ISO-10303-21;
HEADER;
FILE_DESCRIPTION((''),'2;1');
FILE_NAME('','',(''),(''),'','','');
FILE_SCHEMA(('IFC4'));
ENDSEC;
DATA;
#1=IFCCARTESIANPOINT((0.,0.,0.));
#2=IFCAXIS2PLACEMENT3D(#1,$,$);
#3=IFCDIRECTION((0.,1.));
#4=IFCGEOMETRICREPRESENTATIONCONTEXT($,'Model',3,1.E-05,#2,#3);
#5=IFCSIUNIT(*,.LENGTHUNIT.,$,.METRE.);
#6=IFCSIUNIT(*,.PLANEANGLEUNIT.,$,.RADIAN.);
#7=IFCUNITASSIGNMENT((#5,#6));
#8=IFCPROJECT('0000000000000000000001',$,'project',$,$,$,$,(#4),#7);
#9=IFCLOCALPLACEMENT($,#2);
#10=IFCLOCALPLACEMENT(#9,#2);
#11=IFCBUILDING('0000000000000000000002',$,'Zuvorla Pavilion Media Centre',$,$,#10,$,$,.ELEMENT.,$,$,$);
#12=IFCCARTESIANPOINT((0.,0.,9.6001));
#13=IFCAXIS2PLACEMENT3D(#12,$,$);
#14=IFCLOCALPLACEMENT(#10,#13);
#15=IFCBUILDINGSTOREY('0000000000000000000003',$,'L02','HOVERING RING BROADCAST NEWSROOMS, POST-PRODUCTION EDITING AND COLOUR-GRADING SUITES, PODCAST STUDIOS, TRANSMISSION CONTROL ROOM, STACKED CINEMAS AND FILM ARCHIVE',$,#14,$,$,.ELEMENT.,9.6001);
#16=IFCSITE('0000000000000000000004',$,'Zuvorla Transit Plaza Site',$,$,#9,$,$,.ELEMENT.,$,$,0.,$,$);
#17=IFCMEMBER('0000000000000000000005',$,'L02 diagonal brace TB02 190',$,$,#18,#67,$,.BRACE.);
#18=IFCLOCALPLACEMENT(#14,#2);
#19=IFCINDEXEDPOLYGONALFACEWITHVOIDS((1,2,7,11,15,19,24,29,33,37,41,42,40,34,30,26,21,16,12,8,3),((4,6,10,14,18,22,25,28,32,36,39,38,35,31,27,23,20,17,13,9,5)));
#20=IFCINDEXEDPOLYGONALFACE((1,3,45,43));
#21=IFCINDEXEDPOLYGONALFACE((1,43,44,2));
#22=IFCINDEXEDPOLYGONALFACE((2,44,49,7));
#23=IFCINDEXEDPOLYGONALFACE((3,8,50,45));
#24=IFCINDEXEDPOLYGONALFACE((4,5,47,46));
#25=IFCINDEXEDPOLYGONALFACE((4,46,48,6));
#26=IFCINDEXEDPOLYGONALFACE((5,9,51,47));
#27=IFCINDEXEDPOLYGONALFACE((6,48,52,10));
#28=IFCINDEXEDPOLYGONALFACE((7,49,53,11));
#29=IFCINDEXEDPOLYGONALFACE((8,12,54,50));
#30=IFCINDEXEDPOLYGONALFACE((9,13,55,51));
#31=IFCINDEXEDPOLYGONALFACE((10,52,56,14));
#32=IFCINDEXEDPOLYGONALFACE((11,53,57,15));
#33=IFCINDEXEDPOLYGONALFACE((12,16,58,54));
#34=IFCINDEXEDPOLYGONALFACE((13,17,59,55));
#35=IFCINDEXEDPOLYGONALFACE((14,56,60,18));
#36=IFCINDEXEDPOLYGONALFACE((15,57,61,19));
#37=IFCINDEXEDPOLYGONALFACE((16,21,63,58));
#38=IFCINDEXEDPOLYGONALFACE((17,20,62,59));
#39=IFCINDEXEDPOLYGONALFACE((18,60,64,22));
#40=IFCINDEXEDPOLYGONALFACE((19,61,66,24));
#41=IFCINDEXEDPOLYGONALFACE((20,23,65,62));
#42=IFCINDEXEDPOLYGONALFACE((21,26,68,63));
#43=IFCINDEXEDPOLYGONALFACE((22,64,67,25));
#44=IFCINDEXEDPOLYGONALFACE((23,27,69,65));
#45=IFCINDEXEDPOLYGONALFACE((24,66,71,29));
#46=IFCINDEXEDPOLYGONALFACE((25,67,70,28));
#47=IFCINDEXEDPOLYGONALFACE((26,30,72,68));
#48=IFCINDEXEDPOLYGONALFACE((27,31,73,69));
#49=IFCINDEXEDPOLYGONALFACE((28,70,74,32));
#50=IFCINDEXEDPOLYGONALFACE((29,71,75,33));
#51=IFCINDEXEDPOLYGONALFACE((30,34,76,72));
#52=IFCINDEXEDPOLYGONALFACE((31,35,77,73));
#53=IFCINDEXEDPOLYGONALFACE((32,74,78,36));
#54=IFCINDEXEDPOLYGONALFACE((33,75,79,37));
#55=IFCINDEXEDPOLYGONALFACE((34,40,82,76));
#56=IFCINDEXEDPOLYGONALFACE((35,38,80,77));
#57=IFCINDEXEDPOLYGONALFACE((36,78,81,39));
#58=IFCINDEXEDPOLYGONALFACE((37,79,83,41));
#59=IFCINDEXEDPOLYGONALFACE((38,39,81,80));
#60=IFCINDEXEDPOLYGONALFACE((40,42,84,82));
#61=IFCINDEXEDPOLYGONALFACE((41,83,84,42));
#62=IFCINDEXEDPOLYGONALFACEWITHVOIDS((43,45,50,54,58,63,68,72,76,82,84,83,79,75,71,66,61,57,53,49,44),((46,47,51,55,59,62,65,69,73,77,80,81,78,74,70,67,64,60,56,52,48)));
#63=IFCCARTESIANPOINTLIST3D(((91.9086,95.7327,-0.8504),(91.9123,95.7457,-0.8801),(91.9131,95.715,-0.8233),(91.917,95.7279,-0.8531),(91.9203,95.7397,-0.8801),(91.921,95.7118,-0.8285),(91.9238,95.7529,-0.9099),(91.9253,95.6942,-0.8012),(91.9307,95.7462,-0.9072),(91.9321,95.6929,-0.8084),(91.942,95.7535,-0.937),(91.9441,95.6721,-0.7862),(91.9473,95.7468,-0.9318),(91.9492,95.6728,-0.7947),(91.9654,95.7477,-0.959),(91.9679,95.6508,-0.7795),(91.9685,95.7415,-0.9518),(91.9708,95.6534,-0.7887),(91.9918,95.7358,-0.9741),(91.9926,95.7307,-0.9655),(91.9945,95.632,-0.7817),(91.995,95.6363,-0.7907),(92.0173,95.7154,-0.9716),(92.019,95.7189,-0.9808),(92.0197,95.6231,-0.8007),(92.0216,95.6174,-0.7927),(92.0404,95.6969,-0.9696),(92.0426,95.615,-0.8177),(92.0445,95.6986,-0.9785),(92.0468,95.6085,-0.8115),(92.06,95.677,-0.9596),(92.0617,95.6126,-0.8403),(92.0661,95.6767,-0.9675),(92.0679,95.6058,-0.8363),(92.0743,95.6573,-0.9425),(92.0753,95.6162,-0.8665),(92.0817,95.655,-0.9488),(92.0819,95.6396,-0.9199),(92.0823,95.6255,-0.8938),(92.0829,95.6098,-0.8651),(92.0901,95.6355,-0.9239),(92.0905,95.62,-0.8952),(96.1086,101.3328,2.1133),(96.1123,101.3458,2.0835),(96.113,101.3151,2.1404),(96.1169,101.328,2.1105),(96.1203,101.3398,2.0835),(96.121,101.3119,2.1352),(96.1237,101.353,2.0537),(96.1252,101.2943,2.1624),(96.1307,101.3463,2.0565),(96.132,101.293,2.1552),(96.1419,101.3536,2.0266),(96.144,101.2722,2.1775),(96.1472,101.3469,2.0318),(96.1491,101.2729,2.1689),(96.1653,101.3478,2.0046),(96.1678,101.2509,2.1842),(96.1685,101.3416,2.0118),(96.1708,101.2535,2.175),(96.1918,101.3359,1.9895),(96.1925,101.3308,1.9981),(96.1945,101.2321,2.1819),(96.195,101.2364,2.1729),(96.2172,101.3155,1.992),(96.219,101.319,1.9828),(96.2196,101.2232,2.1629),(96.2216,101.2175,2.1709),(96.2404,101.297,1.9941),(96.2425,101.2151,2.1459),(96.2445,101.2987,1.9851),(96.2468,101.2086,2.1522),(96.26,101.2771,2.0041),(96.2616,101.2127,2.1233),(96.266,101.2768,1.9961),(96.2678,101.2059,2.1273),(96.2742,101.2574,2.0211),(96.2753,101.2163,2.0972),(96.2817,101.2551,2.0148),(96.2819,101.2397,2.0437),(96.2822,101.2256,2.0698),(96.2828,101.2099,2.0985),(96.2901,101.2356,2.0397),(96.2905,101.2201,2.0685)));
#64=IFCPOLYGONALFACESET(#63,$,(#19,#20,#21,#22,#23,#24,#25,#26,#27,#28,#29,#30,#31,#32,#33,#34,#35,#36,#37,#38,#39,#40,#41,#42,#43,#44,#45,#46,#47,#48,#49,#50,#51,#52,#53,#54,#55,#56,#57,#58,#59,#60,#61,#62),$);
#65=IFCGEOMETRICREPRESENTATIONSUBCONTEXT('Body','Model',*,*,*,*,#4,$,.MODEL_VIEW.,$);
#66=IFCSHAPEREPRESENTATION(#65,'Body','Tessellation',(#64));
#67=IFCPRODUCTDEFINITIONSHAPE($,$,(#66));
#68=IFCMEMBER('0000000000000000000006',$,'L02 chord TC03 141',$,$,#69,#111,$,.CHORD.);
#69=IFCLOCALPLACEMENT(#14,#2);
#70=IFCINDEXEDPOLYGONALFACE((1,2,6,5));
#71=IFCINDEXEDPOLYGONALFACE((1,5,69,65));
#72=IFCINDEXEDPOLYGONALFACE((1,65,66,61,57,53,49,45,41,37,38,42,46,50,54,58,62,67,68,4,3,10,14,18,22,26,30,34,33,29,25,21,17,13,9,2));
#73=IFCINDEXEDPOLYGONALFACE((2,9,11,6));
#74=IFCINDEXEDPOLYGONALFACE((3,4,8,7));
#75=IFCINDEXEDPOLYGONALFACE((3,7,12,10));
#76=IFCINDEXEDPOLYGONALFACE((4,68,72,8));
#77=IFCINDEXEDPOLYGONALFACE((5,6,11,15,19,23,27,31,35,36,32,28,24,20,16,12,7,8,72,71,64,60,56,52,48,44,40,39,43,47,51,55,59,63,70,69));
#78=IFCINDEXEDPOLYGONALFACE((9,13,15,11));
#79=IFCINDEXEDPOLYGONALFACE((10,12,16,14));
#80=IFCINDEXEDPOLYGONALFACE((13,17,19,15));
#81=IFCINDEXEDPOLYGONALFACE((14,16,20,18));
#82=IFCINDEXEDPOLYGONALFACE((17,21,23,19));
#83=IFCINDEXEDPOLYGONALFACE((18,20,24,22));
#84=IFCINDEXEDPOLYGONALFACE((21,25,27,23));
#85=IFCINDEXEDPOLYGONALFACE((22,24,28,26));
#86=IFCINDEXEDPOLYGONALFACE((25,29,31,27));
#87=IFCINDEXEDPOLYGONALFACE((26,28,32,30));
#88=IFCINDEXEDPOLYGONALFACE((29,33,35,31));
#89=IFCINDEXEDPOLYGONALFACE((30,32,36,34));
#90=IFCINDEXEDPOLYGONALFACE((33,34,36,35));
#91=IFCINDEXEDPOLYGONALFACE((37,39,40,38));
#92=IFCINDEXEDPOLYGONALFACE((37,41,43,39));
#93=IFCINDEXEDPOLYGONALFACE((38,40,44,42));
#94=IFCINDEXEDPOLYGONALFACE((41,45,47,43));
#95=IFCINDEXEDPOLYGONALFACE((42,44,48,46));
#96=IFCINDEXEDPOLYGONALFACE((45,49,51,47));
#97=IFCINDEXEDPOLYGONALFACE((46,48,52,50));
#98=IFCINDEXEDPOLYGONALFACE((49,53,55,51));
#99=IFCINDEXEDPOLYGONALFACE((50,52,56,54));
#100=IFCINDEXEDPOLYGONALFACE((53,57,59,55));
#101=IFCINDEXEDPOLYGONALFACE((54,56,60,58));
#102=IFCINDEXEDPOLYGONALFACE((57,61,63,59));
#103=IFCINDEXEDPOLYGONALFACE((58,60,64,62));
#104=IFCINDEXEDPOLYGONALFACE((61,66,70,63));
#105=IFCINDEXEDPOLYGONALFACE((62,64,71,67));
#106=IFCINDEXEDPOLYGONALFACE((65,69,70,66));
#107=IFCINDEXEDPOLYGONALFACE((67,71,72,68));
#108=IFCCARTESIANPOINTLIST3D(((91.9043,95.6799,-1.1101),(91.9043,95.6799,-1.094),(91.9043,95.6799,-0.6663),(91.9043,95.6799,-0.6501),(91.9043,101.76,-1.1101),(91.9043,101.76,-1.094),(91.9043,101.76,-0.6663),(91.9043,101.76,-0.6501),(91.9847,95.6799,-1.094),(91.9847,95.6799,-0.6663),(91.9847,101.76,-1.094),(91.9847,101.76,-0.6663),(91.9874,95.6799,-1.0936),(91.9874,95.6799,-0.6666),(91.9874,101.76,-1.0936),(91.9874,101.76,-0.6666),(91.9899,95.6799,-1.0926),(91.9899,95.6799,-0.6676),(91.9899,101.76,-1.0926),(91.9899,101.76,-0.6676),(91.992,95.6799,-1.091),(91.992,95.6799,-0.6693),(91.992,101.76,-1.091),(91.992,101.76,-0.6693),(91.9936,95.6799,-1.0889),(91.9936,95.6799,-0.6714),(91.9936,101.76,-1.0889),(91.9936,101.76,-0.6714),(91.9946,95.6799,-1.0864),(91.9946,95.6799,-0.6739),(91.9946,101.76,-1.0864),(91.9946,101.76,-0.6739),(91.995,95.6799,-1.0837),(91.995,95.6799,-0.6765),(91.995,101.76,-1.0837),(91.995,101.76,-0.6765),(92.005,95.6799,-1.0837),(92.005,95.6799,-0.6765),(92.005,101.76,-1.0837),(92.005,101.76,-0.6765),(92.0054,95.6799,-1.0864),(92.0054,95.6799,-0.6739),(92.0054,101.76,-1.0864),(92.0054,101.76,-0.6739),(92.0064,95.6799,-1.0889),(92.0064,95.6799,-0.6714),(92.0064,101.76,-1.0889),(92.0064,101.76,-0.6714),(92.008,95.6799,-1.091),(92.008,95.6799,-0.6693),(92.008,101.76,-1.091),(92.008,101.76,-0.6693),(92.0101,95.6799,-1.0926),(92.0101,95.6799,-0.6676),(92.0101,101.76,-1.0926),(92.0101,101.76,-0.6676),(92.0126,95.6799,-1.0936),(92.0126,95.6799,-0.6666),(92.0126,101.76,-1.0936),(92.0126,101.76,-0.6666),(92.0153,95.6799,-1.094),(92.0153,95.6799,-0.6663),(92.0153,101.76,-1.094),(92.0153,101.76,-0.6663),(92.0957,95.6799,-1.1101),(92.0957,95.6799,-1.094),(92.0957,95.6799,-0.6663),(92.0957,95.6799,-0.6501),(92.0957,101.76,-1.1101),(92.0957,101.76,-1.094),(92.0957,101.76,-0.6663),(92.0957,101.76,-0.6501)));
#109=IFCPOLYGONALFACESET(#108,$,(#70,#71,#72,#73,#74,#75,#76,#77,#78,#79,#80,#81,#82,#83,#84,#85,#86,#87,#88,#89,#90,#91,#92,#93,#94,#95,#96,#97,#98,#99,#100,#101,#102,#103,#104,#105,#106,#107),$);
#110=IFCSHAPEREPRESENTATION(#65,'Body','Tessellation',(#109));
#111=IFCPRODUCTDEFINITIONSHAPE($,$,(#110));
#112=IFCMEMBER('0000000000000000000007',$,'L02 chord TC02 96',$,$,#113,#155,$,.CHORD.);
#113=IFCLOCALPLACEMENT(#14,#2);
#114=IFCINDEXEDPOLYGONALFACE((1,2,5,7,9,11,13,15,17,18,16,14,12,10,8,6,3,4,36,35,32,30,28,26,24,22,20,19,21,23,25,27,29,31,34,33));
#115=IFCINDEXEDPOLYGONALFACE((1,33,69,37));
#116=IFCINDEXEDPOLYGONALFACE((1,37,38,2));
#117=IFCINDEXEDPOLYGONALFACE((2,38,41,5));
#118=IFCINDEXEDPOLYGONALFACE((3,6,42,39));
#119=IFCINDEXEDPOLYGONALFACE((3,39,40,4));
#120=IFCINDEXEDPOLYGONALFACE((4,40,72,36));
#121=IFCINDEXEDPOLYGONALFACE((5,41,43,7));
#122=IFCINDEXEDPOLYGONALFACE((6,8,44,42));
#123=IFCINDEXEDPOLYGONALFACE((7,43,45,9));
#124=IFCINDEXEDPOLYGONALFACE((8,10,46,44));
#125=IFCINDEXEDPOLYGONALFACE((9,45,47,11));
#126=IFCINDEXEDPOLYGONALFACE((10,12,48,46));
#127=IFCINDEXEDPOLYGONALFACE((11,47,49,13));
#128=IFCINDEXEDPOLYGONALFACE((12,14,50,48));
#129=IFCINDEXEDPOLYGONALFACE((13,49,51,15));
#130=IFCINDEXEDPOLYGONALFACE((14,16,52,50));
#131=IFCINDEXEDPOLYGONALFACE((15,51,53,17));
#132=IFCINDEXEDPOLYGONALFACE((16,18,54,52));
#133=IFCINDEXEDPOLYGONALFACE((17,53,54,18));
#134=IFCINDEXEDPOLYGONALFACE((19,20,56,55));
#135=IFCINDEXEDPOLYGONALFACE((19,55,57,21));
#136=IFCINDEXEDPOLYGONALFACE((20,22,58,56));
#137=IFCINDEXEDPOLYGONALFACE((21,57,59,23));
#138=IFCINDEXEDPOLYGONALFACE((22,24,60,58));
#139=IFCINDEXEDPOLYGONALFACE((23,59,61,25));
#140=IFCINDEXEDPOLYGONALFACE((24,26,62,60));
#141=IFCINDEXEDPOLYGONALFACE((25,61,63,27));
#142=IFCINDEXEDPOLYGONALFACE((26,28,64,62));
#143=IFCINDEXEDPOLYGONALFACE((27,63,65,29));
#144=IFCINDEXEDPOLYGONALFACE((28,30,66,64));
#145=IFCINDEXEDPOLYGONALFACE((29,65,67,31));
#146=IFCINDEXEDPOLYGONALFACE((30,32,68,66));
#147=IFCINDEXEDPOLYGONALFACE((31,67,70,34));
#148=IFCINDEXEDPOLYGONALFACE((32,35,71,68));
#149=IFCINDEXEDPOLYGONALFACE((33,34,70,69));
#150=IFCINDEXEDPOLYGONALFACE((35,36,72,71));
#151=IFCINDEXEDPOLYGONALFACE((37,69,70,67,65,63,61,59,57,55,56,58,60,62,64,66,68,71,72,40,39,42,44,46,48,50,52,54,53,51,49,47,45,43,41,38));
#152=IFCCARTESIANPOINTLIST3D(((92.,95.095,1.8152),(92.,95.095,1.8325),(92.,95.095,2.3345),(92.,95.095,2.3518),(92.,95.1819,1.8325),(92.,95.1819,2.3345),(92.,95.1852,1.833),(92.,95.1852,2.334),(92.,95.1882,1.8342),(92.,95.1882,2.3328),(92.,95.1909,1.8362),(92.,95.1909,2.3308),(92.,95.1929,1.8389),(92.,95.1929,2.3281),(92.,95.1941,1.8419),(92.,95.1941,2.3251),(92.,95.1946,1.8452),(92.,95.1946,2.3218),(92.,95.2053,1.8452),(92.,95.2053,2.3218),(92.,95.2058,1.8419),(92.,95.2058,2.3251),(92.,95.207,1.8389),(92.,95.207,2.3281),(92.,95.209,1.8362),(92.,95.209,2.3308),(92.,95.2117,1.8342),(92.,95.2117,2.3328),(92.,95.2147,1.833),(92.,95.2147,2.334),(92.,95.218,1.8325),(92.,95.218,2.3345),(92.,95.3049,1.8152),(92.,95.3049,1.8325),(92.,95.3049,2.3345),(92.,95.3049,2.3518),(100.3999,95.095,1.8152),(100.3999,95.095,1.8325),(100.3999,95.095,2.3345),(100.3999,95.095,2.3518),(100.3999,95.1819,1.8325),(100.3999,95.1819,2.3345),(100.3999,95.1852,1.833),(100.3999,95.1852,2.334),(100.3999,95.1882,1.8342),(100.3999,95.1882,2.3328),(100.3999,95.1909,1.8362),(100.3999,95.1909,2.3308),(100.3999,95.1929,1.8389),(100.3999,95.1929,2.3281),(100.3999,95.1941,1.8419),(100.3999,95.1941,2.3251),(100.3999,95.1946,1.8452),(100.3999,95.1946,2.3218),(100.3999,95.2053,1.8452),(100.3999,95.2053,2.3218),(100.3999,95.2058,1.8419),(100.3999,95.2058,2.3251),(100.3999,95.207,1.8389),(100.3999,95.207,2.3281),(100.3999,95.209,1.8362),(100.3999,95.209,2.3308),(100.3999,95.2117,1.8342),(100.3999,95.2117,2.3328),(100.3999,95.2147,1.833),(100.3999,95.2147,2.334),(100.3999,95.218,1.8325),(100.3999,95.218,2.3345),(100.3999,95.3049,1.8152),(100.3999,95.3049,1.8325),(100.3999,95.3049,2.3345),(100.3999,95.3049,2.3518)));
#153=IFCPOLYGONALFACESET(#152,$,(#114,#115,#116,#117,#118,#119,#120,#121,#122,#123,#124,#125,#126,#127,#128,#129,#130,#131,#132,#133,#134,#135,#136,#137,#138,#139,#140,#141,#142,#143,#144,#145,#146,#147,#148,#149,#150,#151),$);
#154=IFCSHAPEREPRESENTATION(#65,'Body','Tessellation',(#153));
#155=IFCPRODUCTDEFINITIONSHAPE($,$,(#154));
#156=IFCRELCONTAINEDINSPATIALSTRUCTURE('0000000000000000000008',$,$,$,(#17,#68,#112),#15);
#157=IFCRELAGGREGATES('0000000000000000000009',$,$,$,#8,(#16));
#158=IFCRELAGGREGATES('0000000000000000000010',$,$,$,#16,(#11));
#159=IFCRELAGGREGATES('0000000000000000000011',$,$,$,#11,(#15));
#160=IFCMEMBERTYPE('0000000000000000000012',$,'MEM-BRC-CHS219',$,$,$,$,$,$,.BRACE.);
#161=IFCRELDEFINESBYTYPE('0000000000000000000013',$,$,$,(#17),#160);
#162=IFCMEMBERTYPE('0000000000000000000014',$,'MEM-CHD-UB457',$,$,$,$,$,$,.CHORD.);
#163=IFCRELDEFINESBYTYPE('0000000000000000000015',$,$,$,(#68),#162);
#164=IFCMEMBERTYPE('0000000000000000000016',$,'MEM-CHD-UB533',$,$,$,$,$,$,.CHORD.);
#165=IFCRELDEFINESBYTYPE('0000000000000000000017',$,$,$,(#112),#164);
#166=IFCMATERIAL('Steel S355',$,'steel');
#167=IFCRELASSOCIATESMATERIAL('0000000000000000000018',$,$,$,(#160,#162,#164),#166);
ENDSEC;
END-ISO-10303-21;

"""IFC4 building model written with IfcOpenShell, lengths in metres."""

from ifc_helpers import new_model, si_unit, direction, frame, origin, origin_2d, place, context, subcontext, project, spatial, hollow_circle, i_section, extrude, material, material_profile, profile_set, type_object, element, save


model = new_model("IFC4")

# Units and contexts
model_context = context("Model", 3, precision=1e-05, world=origin(), true_north=direction((0.0, 1.0)))
body_context = subcontext(model_context, "Body", "Model", "MODEL_VIEW")
ifc_project = project(units=[si_unit("LENGTHUNIT", "METRE"), si_unit("PLANEANGLEUNIT", "RADIAN")], contexts=[model_context])

# Site, building, storey
site_placement = place(None, origin())
site = spatial("IfcSite", under=ifc_project, at=site_placement, Name="Zuvorla Transit Plaza Site", CompositionType="ELEMENT", RefElevation=0.0)
building_placement = place(site_placement, origin())
building = spatial("IfcBuilding", under=site, at=building_placement, Name="Zuvorla Pavilion Media Centre", CompositionType="ELEMENT")
storey_placement = place(building_placement, frame((0.0, 0.0, 9.6001)))
storey = spatial("IfcBuildingStorey", under=building, at=storey_placement, Name="L02", Description="HOVERING RING BROADCAST NEWSROOMS, POST-PRODUCTION EDITING AND COLOUR-GRADING SUITES, PODCAST STUDIOS, TRANSMISSION CONTROL ROOM, STACKED CINEMAS AND FILM ARCHIVE", CompositionType="ELEMENT", Elevation=9.6001)

# Shared definitions
ifc_material_1 = material(Name="Steel S355", Category="steel")

# Members
ifc_material_profile_1 = material_profile(ifc_material_1, hollow_circle(Radius=0.1096, WallThickness=0.01, at=origin_2d()), Name="CHS 219.1x10")
ifc_profile_set_1 = profile_set([ifc_material_profile_1], Name="Steel S355")
member_type_1 = type_object("IfcMemberType", Name="MEM-BRC-CHS219", PredefinedType="BRACE", material=ifc_profile_set_1)
member_1_placement = place(storey_placement, frame((92.0, 95.6799, -0.8801), z_axis=(0.552512, 0.736704, 0.38987), x_axis=(-0.800008, 0.599989, 0.0)))
element("IfcMember", 1, at=member_1_placement, inside=storey, type_object=member_type_1, Name="L02 diagonal brace TB02 190", PredefinedType="BRACE", context=body_context, shape_type="SweptSolid", body=[
    extrude(hollow_circle(Radius=0.1096, WallThickness=0.01, at=origin_2d()), origin(), (0.0, 0.0, 1.0), 7.6016),
])
ifc_material_profile_2 = material_profile(ifc_material_1, i_section(OverallWidth=0.1914, OverallDepth=0.46, WebThickness=0.01, FlangeThickness=0.0161, FilletRadius=0.0103, at=origin_2d()), Name="UB 457x191x82")
ifc_profile_set_2 = profile_set([ifc_material_profile_2], Name="Steel S355")
member_type_2 = type_object("IfcMemberType", Name="MEM-CHD-UB457", PredefinedType="CHORD", material=ifc_profile_set_2)
member_2_placement = place(storey_placement, frame((92.0, 95.6799, -0.8801), z_axis=(0.0, 1.0, 0.0), x_axis=(-1.0, 0.0, 0.0)))
element("IfcMember", 2, at=member_2_placement, inside=storey, type_object=member_type_2, Name="L02 chord TC03 141", PredefinedType="CHORD", context=body_context, shape_type="SweptSolid", body=[
    extrude(i_section(OverallWidth=0.1914, OverallDepth=0.46, WebThickness=0.01, FlangeThickness=0.0161, FilletRadius=0.0103, at=origin_2d()), origin(), (0.0, 0.0, 1.0), 6.0801),
])
ifc_material_profile_3 = material_profile(ifc_material_1, i_section(OverallWidth=0.21, OverallDepth=0.5366, WebThickness=0.0107, FlangeThickness=0.0173, FilletRadius=0.0127, at=origin_2d()), Name="UB 533x210x101")
ifc_profile_set_3 = profile_set([ifc_material_profile_3], Name="Steel S355")
member_type_3 = type_object("IfcMemberType", Name="MEM-CHD-UB533", PredefinedType="CHORD", material=ifc_profile_set_3)
member_3_placement = place(storey_placement, frame((92.0, 95.2, 2.0835), z_axis=(1.0, 0.0, 0.0), x_axis=(0.0, 1.0, 0.0)))
element("IfcMember", 3, at=member_3_placement, inside=storey, type_object=member_type_3, Name="L02 chord TC02 96", PredefinedType="CHORD", context=body_context, shape_type="SweptSolid", body=[
    extrude(i_section(OverallWidth=0.21, OverallDepth=0.5366, WebThickness=0.0107, FlangeThickness=0.0173, FilletRadius=0.0127, at=origin_2d()), origin(), (0.0, 0.0, 1.0), 8.3999),
])

save(model, "model.ifc")
